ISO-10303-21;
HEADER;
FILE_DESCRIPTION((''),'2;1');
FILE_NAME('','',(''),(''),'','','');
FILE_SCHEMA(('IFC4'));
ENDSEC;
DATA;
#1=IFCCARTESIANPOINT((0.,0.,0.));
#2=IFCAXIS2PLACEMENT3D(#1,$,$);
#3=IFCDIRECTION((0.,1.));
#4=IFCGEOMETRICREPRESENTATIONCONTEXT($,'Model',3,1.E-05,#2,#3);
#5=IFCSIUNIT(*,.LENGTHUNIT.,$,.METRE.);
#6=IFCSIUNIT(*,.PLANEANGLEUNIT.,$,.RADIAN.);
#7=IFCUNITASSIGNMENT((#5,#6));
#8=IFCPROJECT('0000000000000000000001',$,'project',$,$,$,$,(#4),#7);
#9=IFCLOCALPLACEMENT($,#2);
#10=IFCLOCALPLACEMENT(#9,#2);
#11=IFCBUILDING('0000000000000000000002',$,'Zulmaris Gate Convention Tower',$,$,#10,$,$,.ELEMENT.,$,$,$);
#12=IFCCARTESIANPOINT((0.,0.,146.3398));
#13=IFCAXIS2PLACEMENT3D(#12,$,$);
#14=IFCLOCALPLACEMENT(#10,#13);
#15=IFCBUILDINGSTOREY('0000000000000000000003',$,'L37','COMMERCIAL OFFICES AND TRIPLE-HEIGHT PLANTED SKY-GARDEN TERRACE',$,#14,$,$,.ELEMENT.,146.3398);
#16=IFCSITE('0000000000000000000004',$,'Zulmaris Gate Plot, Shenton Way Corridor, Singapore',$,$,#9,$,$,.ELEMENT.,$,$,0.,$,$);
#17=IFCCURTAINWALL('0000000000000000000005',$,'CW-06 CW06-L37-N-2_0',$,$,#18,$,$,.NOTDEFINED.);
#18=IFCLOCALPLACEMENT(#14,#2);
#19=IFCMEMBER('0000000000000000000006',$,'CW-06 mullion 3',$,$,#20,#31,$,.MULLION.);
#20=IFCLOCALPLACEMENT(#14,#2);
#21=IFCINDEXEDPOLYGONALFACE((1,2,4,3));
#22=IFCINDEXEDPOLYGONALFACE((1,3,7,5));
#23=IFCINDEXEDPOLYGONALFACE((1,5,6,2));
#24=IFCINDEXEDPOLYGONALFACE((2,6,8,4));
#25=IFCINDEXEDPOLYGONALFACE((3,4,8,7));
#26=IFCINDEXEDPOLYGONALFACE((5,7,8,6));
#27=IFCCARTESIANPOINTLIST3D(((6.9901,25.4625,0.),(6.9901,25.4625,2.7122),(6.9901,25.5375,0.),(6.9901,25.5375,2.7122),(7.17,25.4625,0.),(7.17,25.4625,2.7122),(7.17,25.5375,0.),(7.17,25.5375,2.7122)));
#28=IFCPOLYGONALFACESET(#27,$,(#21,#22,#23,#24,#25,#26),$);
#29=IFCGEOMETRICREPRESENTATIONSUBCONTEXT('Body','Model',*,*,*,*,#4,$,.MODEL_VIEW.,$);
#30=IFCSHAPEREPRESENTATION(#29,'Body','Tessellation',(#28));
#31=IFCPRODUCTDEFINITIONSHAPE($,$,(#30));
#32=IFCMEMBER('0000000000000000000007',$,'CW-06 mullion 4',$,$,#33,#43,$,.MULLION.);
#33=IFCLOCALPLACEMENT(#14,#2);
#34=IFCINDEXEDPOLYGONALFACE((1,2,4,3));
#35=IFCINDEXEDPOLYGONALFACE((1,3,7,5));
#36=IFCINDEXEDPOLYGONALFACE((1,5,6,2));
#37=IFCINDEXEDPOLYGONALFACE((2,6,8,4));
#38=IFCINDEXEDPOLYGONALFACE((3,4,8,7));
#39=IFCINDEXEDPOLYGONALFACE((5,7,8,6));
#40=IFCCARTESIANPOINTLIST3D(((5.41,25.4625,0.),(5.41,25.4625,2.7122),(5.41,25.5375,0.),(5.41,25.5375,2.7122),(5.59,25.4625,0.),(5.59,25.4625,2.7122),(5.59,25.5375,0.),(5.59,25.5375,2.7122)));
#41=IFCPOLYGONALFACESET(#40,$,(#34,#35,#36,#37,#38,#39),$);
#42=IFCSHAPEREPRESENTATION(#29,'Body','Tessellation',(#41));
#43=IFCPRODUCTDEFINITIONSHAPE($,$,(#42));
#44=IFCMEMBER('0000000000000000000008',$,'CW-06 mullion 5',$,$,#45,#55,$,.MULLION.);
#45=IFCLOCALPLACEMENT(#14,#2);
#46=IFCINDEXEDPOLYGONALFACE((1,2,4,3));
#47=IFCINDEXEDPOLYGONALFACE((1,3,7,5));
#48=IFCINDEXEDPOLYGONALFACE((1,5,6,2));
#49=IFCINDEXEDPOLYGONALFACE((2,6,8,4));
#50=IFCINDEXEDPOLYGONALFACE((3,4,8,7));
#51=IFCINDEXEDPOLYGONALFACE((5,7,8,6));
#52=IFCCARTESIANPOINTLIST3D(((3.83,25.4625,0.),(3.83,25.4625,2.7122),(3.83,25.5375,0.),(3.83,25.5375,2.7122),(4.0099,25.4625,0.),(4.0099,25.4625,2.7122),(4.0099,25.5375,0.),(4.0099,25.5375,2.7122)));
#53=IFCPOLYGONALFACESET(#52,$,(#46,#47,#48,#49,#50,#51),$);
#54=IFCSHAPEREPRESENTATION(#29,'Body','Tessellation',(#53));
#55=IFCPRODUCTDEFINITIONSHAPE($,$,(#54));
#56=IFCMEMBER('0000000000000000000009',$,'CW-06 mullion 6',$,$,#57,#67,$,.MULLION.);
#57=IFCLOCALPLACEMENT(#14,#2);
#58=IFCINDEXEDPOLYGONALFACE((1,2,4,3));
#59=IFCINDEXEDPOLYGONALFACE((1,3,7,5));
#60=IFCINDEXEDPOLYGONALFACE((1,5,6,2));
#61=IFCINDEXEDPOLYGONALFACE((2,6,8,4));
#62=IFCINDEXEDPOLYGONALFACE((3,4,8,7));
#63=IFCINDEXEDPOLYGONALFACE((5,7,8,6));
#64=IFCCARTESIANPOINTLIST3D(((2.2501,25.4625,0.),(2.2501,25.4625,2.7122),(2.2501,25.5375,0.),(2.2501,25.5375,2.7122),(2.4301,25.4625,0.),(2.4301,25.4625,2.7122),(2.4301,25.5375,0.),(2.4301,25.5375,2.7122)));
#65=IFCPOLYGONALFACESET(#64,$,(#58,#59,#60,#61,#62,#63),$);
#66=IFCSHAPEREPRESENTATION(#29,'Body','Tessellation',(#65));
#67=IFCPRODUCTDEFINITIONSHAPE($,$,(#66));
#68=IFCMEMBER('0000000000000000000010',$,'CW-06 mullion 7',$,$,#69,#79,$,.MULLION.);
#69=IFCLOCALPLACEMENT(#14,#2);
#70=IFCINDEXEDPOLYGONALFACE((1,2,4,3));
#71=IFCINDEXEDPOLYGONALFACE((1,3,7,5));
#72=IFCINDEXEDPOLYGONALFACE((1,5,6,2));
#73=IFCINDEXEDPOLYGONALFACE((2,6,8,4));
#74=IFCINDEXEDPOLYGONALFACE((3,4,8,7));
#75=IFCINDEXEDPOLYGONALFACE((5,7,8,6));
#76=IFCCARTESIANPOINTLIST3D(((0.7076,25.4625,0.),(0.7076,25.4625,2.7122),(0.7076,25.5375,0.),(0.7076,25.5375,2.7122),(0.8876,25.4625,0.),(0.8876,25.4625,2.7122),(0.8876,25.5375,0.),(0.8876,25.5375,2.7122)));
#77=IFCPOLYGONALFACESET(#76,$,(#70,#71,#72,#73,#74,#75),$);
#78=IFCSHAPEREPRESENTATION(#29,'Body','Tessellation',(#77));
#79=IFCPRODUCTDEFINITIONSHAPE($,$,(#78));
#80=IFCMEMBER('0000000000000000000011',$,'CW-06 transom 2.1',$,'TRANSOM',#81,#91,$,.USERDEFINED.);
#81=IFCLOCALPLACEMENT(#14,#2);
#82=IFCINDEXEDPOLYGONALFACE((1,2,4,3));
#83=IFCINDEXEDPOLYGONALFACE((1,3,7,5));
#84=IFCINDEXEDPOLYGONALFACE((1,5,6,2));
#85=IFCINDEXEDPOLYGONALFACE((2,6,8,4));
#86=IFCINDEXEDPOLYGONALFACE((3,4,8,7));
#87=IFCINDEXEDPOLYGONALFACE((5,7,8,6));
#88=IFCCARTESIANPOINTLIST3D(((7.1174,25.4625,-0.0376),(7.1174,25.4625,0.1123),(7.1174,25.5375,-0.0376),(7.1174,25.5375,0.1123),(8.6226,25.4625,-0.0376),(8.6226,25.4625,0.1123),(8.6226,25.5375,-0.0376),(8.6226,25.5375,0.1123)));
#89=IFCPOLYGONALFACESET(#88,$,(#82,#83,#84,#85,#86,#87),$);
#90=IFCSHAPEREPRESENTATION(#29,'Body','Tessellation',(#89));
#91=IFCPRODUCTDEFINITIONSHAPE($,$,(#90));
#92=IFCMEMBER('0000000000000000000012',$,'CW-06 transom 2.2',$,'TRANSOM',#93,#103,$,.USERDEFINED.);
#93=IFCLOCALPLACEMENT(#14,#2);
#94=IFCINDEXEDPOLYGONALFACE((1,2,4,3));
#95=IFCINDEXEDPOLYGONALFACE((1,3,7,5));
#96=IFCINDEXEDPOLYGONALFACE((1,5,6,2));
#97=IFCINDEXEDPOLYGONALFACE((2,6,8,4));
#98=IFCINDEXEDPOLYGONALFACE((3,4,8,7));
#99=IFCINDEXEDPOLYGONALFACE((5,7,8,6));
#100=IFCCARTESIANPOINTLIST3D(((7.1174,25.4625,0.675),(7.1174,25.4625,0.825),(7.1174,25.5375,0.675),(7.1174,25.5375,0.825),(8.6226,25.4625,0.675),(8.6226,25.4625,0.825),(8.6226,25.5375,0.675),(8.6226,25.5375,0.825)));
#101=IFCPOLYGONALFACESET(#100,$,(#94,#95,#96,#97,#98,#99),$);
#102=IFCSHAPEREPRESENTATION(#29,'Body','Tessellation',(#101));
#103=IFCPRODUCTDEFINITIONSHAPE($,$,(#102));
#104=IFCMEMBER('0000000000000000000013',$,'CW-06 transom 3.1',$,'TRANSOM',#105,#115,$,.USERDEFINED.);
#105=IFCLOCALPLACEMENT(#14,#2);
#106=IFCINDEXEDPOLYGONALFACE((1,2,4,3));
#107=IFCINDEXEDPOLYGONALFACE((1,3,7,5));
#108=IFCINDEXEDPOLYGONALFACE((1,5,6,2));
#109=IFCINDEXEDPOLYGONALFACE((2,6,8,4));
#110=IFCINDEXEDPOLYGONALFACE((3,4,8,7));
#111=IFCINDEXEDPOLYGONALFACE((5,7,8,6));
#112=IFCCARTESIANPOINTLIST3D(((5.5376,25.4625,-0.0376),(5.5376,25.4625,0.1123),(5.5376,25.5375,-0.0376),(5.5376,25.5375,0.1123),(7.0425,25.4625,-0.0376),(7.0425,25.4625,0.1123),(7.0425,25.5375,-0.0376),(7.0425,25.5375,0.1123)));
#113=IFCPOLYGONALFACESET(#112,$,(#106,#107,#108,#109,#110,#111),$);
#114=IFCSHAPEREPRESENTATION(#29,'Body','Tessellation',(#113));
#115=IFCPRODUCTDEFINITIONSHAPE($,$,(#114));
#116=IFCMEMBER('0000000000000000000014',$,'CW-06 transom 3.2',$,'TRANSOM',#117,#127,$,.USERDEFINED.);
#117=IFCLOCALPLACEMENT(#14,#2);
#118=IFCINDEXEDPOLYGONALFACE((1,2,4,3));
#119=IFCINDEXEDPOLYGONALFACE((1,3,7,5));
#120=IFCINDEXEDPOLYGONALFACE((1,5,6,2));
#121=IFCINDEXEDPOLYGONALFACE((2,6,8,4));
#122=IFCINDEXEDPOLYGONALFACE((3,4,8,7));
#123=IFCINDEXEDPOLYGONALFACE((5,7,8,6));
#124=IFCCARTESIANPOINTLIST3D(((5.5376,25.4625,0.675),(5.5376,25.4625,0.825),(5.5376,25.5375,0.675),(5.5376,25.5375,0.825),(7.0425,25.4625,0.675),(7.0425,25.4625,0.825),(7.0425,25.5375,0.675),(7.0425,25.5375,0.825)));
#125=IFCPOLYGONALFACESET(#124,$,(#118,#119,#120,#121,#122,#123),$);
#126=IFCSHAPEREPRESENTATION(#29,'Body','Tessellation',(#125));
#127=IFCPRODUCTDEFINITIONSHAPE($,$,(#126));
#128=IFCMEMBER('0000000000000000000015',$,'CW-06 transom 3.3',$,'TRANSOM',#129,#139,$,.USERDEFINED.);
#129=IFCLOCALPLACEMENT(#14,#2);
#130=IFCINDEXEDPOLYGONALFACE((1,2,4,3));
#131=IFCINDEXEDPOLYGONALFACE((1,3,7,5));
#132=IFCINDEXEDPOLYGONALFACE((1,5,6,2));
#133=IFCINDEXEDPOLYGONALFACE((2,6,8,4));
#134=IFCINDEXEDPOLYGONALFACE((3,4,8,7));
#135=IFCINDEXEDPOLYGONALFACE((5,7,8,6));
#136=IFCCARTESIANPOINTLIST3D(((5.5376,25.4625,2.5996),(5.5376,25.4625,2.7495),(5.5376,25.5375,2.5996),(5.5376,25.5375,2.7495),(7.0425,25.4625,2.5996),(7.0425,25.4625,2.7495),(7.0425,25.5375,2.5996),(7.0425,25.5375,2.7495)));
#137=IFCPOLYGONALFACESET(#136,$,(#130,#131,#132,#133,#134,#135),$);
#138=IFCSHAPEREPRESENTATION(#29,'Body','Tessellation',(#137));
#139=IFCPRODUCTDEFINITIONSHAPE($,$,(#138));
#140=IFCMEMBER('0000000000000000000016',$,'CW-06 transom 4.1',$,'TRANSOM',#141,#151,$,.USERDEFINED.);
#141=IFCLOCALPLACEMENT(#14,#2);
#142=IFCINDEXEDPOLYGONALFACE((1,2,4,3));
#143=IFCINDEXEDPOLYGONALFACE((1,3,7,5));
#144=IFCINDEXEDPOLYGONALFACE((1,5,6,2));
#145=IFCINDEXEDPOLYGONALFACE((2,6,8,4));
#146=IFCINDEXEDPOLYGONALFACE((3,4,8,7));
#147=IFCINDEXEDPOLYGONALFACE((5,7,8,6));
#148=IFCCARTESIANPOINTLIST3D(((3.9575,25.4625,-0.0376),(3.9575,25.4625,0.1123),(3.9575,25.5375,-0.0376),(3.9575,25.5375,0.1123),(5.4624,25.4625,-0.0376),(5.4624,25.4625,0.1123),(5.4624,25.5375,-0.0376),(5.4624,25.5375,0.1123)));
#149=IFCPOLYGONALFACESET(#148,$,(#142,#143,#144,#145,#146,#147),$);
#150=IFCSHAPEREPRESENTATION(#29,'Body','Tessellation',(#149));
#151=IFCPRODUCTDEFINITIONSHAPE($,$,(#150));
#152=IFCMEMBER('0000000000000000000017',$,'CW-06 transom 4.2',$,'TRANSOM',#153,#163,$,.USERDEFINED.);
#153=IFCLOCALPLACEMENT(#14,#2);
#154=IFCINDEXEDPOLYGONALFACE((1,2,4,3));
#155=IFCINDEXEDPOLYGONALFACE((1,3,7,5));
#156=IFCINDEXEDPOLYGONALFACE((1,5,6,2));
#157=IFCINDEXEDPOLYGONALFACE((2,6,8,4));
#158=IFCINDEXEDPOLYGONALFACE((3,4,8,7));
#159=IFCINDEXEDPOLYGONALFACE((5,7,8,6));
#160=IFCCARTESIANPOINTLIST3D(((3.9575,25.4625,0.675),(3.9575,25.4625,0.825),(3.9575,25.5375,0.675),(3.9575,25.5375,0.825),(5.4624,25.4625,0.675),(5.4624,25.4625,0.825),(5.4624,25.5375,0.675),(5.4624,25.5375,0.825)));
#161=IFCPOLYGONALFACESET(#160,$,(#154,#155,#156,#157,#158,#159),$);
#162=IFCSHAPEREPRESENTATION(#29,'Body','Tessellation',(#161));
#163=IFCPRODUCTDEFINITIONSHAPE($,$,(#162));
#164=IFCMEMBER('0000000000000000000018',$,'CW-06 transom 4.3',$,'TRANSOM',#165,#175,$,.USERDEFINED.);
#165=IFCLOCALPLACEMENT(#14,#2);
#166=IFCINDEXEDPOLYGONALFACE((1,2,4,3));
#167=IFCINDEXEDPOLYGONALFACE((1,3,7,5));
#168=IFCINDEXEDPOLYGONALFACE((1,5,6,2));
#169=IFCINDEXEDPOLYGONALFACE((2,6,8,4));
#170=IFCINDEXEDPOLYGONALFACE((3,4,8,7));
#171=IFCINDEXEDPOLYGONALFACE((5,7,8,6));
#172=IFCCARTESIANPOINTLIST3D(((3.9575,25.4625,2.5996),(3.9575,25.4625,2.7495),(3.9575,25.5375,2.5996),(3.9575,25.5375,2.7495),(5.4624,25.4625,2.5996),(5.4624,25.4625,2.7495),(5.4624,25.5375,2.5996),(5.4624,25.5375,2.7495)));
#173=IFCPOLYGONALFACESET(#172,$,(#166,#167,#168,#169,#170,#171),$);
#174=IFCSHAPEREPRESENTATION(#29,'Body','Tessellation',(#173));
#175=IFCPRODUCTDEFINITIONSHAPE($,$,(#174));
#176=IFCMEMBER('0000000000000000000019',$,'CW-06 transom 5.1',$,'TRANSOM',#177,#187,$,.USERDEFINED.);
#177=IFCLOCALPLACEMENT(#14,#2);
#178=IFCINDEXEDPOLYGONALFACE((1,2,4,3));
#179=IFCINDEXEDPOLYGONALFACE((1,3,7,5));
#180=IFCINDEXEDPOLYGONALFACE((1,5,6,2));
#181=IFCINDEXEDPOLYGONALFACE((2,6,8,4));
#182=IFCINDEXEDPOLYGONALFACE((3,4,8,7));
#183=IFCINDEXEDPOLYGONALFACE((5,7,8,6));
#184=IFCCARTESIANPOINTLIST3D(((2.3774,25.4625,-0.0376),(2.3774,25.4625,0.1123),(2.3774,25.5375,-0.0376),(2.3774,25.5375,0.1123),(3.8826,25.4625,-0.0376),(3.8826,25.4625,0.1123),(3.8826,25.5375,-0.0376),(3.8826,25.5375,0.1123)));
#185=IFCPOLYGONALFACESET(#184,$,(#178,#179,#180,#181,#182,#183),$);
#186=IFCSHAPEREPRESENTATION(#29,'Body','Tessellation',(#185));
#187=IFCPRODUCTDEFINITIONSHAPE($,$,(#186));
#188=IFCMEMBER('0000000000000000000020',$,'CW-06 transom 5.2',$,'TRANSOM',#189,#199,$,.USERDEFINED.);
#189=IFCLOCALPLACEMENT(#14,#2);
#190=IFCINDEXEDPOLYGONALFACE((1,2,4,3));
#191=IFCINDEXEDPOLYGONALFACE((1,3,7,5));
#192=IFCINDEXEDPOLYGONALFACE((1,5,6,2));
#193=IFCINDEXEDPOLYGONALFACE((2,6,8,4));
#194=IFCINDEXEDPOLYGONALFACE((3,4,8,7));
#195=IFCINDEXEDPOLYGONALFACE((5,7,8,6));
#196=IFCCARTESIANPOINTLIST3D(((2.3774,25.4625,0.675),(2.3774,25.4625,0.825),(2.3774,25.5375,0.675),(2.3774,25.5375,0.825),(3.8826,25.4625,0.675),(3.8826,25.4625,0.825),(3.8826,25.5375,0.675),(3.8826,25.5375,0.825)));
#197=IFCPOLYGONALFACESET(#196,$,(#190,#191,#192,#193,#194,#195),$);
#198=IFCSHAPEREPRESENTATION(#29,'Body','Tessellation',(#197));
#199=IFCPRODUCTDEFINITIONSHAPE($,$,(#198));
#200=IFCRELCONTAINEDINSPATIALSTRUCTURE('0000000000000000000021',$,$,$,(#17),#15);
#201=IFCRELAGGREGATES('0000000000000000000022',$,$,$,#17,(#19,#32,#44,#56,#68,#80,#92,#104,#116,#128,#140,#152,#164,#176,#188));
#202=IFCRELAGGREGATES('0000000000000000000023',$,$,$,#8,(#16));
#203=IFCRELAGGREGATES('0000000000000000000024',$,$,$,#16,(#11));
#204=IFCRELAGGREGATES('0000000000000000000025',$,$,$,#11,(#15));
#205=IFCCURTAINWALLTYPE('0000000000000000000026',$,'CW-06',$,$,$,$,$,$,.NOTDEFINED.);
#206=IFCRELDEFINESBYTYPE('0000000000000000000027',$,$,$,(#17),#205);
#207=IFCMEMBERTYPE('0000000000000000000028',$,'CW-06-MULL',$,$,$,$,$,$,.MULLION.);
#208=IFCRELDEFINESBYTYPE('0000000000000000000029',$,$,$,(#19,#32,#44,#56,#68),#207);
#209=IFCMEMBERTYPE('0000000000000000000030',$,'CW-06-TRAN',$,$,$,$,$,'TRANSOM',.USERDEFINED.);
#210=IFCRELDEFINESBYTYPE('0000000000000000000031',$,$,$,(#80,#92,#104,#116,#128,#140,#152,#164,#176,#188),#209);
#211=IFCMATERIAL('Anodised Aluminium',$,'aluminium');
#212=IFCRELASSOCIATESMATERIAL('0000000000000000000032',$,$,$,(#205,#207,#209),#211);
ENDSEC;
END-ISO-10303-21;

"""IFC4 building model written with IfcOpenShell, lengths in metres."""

from ifc_helpers import new_model, si_unit, direction, frame, origin, origin_2d, place, context, subcontext, project, spatial, rectangle, extrude, material, material_profile, profile_set, type_object, element, aggregate, save


model = new_model("IFC4")

# Units and contexts
model_context = context("Model", 3, precision=1e-05, world=origin(), true_north=direction((0.0, 1.0)))
body_context = subcontext(model_context, "Body", "Model", "MODEL_VIEW")
ifc_project = project(units=[si_unit("LENGTHUNIT", "METRE"), si_unit("PLANEANGLEUNIT", "RADIAN")], contexts=[model_context])

# Site, building, storey
site_placement = place(None, origin())
site = spatial("IfcSite", under=ifc_project, at=site_placement, Name="Zulmaris Gate Plot, Shenton Way Corridor, Singapore", CompositionType="ELEMENT", RefElevation=0.0)
building_placement = place(site_placement, origin())
building = spatial("IfcBuilding", under=site, at=building_placement, Name="Zulmaris Gate Convention Tower", CompositionType="ELEMENT")
storey_placement = place(building_placement, frame((0.0, 0.0, 146.3398)))
storey = spatial("IfcBuildingStorey", under=building, at=storey_placement, Name="L37", Description="COMMERCIAL OFFICES AND TRIPLE-HEIGHT PLANTED SKY-GARDEN TERRACE", CompositionType="ELEMENT", Elevation=146.3398)

# Curtain wall, members
ifc_material_1 = material(Name="Anodised Aluminium", Category="aluminium")
curtain_wall_type = type_object("IfcCurtainWallType", Name="CW-06", PredefinedType="NOTDEFINED", material=ifc_material_1)
curtain_wall_placement = place(storey_placement, origin())
curtain_wall = element("IfcCurtainWall", 1, at=curtain_wall_placement, inside=storey, type_object=curtain_wall_type, Name="CW-06 CW06-L37-N-2_0", PredefinedType="NOTDEFINED")
ifc_material_profile_1 = material_profile(ifc_material_1, rectangle(XDim=0.075, YDim=0.1799, at=origin_2d()), Name="ALU MULLION 75x180")
ifc_profile_set_1 = profile_set([ifc_material_profile_1], Name="Anodised Aluminium")
member_type_1 = type_object("IfcMemberType", Name="CW-06-MULL", PredefinedType="MULLION", material=ifc_profile_set_1)
member_1_placement = place(storey_placement, frame((7.0801, 25.5, 0.0), z_axis=(0.0, 0.0, 1.0), x_axis=(0.0, -1.0, 0.0)))
member_1 = element("IfcMember", 2, at=member_1_placement, type_object=member_type_1, Name="CW-06 mullion 3", PredefinedType="MULLION", context=body_context, shape_type="SweptSolid", body=[
    extrude(rectangle(XDim=0.075, YDim=0.1799, at=origin_2d()), origin(), (0.0, 0.0, 1.0), 2.7122),
])
member_2_placement = place(storey_placement, frame((5.5, 25.5, 0.0), z_axis=(0.0, 0.0, 1.0), x_axis=(0.0, -1.0, 0.0)))
member_2 = element("IfcMember", 3, at=member_2_placement, type_object=member_type_1, Name="CW-06 mullion 4", PredefinedType="MULLION", context=body_context, shape_type="SweptSolid", body=[
    extrude(rectangle(XDim=0.075, YDim=0.1799, at=origin_2d()), origin(), (0.0, 0.0, 1.0), 2.7122),
])
member_3_placement = place(storey_placement, frame((3.9199, 25.5, 0.0), z_axis=(0.0, 0.0, 1.0), x_axis=(0.0, -1.0, 0.0)))
member_3 = element("IfcMember", 4, at=member_3_placement, type_object=member_type_1, Name="CW-06 mullion 5", PredefinedType="MULLION", context=body_context, shape_type="SweptSolid", body=[
    extrude(rectangle(XDim=0.075, YDim=0.1799, at=origin_2d()), origin(), (0.0, 0.0, 1.0), 2.7122),
])
member_4_placement = place(storey_placement, frame((2.3401, 25.5, 0.0), z_axis=(0.0, 0.0, 1.0), x_axis=(0.0, -1.0, 0.0)))
member_4 = element("IfcMember", 5, at=member_4_placement, type_object=member_type_1, Name="CW-06 mullion 6", PredefinedType="MULLION", context=body_context, shape_type="SweptSolid", body=[
    extrude(rectangle(XDim=0.075, YDim=0.1799, at=origin_2d()), origin(), (0.0, 0.0, 1.0), 2.7122),
])
member_5_placement = place(storey_placement, frame((0.7976, 25.5, 0.0), z_axis=(0.0, 0.0, 1.0), x_axis=(0.0, -1.0, 0.0)))
member_5 = element("IfcMember", 6, at=member_5_placement, type_object=member_type_1, Name="CW-06 mullion 7", PredefinedType="MULLION", context=body_context, shape_type="SweptSolid", body=[
    extrude(rectangle(XDim=0.075, YDim=0.1799, at=origin_2d()), origin(), (0.0, 0.0, 1.0), 2.7122),
])
ifc_material_profile_2 = material_profile(ifc_material_1, rectangle(XDim=0.075, YDim=0.1499, at=origin_2d()), Name="ALU TRANSOM 75x150")
ifc_profile_set_2 = profile_set([ifc_material_profile_2], Name="Anodised Aluminium")
member_type_2 = type_object("IfcMemberType", Name="CW-06-TRAN", ElementType="TRANSOM", PredefinedType="USERDEFINED", material=ifc_profile_set_2)
member_6_placement = place(storey_placement, frame((8.6226, 25.5, 0.0374), z_axis=(-1.0, 0.0, 0.0), x_axis=(0.0, -1.0, 0.0)))
member_6 = element("IfcMember", 7, at=member_6_placement, type_object=member_type_2, Name="CW-06 transom 2.1", ObjectType="TRANSOM", PredefinedType="USERDEFINED", context=body_context, shape_type="SweptSolid", body=[
    extrude(rectangle(XDim=0.075, YDim=0.1499, at=origin_2d()), origin(), (0.0, 0.0, 1.0), 1.5051),
])
member_7_placement = place(storey_placement, frame((8.6226, 25.5, 0.75), z_axis=(-1.0, 0.0, 0.0), x_axis=(0.0, -1.0, 0.0)))
member_7 = element("IfcMember", 8, at=member_7_placement, type_object=member_type_2, Name="CW-06 transom 2.2", ObjectType="TRANSOM", PredefinedType="USERDEFINED", context=body_context, shape_type="SweptSolid", body=[
    extrude(rectangle(XDim=0.075, YDim=0.1499, at=origin_2d()), origin(), (0.0, 0.0, 1.0), 1.5051),
])
member_8_placement = place(storey_placement, frame((7.0425, 25.5, 0.0374), z_axis=(-1.0, 0.0, 0.0), x_axis=(0.0, -1.0, 0.0)))
member_8 = element("IfcMember", 9, at=member_8_placement, type_object=member_type_2, Name="CW-06 transom 3.1", ObjectType="TRANSOM", PredefinedType="USERDEFINED", context=body_context, shape_type="SweptSolid", body=[
    extrude(rectangle(XDim=0.075, YDim=0.1499, at=origin_2d()), origin(), (0.0, 0.0, 1.0), 1.5049),
])
member_9_placement = place(storey_placement, frame((7.0425, 25.5, 0.75), z_axis=(-1.0, 0.0, 0.0), x_axis=(0.0, -1.0, 0.0)))
member_9 = element("IfcMember", 10, at=member_9_placement, type_object=member_type_2, Name="CW-06 transom 3.2", ObjectType="TRANSOM", PredefinedType="USERDEFINED", context=body_context, shape_type="SweptSolid", body=[
    extrude(rectangle(XDim=0.075, YDim=0.1499, at=origin_2d()), origin(), (0.0, 0.0, 1.0), 1.5049),
])
member_10_placement = place(storey_placement, frame((7.0425, 25.5, 2.6746), z_axis=(-1.0, 0.0, 0.0), x_axis=(0.0, -1.0, 0.0)))
member_10 = element("IfcMember", 11, at=member_10_placement, type_object=member_type_2, Name="CW-06 transom 3.3", ObjectType="TRANSOM", PredefinedType="USERDEFINED", context=body_context, shape_type="SweptSolid", body=[
    extrude(rectangle(XDim=0.075, YDim=0.1499, at=origin_2d()), origin(), (0.0, 0.0, 1.0), 1.5049),
])
member_11_placement = place(storey_placement, frame((5.4624, 25.5, 0.0374), z_axis=(-1.0, 0.0, 0.0), x_axis=(0.0, -1.0, 0.0)))
member_11 = element("IfcMember", 12, at=member_11_placement, type_object=member_type_2, Name="CW-06 transom 4.1", ObjectType="TRANSOM", PredefinedType="USERDEFINED", context=body_context, shape_type="SweptSolid", body=[
    extrude(rectangle(XDim=0.075, YDim=0.1499, at=origin_2d()), origin(), (0.0, 0.0, 1.0), 1.5049),
])
member_12_placement = place(storey_placement, frame((5.4624, 25.5, 0.75), z_axis=(-1.0, 0.0, 0.0), x_axis=(0.0, -1.0, 0.0)))
member_12 = element("IfcMember", 13, at=member_12_placement, type_object=member_type_2, Name="CW-06 transom 4.2", ObjectType="TRANSOM", PredefinedType="USERDEFINED", context=body_context, shape_type="SweptSolid", body=[
    extrude(rectangle(XDim=0.075, YDim=0.1499, at=origin_2d()), origin(), (0.0, 0.0, 1.0), 1.5049),
])
member_13_placement = place(storey_placement, frame((5.4624, 25.5, 2.6746), z_axis=(-1.0, 0.0, 0.0), x_axis=(0.0, -1.0, 0.0)))
member_13 = element("IfcMember", 14, at=member_13_placement, type_object=member_type_2, Name="CW-06 transom 4.3", ObjectType="TRANSOM", PredefinedType="USERDEFINED", context=body_context, shape_type="SweptSolid", body=[
    extrude(rectangle(XDim=0.075, YDim=0.1499, at=origin_2d()), origin(), (0.0, 0.0, 1.0), 1.5049),
])
member_14_placement = place(storey_placement, frame((3.8826, 25.5, 0.0374), z_axis=(-1.0, 0.0, 0.0), x_axis=(0.0, -1.0, 0.0)))
member_14 = element("IfcMember", 15, at=member_14_placement, type_object=member_type_2, Name="CW-06 transom 5.1", ObjectType="TRANSOM", PredefinedType="USERDEFINED", context=body_context, shape_type="SweptSolid", body=[
    extrude(rectangle(XDim=0.075, YDim=0.1499, at=origin_2d()), origin(), (0.0, 0.0, 1.0), 1.5051),
])
member_15_placement = place(storey_placement, frame((3.8826, 25.5, 0.75), z_axis=(-1.0, 0.0, 0.0), x_axis=(0.0, -1.0, 0.0)))
member_15 = element("IfcMember", 16, at=member_15_placement, type_object=member_type_2, Name="CW-06 transom 5.2", ObjectType="TRANSOM", PredefinedType="USERDEFINED", context=body_context, shape_type="SweptSolid", body=[
    extrude(rectangle(XDim=0.075, YDim=0.1499, at=origin_2d()), origin(), (0.0, 0.0, 1.0), 1.5051),
])
aggregate(curtain_wall, [member_1, member_2, member_3, member_4, member_5, member_6, member_7, member_8, member_9, member_10, member_11, member_12, member_13, member_14, member_15])

save(model, "model.ifc")
